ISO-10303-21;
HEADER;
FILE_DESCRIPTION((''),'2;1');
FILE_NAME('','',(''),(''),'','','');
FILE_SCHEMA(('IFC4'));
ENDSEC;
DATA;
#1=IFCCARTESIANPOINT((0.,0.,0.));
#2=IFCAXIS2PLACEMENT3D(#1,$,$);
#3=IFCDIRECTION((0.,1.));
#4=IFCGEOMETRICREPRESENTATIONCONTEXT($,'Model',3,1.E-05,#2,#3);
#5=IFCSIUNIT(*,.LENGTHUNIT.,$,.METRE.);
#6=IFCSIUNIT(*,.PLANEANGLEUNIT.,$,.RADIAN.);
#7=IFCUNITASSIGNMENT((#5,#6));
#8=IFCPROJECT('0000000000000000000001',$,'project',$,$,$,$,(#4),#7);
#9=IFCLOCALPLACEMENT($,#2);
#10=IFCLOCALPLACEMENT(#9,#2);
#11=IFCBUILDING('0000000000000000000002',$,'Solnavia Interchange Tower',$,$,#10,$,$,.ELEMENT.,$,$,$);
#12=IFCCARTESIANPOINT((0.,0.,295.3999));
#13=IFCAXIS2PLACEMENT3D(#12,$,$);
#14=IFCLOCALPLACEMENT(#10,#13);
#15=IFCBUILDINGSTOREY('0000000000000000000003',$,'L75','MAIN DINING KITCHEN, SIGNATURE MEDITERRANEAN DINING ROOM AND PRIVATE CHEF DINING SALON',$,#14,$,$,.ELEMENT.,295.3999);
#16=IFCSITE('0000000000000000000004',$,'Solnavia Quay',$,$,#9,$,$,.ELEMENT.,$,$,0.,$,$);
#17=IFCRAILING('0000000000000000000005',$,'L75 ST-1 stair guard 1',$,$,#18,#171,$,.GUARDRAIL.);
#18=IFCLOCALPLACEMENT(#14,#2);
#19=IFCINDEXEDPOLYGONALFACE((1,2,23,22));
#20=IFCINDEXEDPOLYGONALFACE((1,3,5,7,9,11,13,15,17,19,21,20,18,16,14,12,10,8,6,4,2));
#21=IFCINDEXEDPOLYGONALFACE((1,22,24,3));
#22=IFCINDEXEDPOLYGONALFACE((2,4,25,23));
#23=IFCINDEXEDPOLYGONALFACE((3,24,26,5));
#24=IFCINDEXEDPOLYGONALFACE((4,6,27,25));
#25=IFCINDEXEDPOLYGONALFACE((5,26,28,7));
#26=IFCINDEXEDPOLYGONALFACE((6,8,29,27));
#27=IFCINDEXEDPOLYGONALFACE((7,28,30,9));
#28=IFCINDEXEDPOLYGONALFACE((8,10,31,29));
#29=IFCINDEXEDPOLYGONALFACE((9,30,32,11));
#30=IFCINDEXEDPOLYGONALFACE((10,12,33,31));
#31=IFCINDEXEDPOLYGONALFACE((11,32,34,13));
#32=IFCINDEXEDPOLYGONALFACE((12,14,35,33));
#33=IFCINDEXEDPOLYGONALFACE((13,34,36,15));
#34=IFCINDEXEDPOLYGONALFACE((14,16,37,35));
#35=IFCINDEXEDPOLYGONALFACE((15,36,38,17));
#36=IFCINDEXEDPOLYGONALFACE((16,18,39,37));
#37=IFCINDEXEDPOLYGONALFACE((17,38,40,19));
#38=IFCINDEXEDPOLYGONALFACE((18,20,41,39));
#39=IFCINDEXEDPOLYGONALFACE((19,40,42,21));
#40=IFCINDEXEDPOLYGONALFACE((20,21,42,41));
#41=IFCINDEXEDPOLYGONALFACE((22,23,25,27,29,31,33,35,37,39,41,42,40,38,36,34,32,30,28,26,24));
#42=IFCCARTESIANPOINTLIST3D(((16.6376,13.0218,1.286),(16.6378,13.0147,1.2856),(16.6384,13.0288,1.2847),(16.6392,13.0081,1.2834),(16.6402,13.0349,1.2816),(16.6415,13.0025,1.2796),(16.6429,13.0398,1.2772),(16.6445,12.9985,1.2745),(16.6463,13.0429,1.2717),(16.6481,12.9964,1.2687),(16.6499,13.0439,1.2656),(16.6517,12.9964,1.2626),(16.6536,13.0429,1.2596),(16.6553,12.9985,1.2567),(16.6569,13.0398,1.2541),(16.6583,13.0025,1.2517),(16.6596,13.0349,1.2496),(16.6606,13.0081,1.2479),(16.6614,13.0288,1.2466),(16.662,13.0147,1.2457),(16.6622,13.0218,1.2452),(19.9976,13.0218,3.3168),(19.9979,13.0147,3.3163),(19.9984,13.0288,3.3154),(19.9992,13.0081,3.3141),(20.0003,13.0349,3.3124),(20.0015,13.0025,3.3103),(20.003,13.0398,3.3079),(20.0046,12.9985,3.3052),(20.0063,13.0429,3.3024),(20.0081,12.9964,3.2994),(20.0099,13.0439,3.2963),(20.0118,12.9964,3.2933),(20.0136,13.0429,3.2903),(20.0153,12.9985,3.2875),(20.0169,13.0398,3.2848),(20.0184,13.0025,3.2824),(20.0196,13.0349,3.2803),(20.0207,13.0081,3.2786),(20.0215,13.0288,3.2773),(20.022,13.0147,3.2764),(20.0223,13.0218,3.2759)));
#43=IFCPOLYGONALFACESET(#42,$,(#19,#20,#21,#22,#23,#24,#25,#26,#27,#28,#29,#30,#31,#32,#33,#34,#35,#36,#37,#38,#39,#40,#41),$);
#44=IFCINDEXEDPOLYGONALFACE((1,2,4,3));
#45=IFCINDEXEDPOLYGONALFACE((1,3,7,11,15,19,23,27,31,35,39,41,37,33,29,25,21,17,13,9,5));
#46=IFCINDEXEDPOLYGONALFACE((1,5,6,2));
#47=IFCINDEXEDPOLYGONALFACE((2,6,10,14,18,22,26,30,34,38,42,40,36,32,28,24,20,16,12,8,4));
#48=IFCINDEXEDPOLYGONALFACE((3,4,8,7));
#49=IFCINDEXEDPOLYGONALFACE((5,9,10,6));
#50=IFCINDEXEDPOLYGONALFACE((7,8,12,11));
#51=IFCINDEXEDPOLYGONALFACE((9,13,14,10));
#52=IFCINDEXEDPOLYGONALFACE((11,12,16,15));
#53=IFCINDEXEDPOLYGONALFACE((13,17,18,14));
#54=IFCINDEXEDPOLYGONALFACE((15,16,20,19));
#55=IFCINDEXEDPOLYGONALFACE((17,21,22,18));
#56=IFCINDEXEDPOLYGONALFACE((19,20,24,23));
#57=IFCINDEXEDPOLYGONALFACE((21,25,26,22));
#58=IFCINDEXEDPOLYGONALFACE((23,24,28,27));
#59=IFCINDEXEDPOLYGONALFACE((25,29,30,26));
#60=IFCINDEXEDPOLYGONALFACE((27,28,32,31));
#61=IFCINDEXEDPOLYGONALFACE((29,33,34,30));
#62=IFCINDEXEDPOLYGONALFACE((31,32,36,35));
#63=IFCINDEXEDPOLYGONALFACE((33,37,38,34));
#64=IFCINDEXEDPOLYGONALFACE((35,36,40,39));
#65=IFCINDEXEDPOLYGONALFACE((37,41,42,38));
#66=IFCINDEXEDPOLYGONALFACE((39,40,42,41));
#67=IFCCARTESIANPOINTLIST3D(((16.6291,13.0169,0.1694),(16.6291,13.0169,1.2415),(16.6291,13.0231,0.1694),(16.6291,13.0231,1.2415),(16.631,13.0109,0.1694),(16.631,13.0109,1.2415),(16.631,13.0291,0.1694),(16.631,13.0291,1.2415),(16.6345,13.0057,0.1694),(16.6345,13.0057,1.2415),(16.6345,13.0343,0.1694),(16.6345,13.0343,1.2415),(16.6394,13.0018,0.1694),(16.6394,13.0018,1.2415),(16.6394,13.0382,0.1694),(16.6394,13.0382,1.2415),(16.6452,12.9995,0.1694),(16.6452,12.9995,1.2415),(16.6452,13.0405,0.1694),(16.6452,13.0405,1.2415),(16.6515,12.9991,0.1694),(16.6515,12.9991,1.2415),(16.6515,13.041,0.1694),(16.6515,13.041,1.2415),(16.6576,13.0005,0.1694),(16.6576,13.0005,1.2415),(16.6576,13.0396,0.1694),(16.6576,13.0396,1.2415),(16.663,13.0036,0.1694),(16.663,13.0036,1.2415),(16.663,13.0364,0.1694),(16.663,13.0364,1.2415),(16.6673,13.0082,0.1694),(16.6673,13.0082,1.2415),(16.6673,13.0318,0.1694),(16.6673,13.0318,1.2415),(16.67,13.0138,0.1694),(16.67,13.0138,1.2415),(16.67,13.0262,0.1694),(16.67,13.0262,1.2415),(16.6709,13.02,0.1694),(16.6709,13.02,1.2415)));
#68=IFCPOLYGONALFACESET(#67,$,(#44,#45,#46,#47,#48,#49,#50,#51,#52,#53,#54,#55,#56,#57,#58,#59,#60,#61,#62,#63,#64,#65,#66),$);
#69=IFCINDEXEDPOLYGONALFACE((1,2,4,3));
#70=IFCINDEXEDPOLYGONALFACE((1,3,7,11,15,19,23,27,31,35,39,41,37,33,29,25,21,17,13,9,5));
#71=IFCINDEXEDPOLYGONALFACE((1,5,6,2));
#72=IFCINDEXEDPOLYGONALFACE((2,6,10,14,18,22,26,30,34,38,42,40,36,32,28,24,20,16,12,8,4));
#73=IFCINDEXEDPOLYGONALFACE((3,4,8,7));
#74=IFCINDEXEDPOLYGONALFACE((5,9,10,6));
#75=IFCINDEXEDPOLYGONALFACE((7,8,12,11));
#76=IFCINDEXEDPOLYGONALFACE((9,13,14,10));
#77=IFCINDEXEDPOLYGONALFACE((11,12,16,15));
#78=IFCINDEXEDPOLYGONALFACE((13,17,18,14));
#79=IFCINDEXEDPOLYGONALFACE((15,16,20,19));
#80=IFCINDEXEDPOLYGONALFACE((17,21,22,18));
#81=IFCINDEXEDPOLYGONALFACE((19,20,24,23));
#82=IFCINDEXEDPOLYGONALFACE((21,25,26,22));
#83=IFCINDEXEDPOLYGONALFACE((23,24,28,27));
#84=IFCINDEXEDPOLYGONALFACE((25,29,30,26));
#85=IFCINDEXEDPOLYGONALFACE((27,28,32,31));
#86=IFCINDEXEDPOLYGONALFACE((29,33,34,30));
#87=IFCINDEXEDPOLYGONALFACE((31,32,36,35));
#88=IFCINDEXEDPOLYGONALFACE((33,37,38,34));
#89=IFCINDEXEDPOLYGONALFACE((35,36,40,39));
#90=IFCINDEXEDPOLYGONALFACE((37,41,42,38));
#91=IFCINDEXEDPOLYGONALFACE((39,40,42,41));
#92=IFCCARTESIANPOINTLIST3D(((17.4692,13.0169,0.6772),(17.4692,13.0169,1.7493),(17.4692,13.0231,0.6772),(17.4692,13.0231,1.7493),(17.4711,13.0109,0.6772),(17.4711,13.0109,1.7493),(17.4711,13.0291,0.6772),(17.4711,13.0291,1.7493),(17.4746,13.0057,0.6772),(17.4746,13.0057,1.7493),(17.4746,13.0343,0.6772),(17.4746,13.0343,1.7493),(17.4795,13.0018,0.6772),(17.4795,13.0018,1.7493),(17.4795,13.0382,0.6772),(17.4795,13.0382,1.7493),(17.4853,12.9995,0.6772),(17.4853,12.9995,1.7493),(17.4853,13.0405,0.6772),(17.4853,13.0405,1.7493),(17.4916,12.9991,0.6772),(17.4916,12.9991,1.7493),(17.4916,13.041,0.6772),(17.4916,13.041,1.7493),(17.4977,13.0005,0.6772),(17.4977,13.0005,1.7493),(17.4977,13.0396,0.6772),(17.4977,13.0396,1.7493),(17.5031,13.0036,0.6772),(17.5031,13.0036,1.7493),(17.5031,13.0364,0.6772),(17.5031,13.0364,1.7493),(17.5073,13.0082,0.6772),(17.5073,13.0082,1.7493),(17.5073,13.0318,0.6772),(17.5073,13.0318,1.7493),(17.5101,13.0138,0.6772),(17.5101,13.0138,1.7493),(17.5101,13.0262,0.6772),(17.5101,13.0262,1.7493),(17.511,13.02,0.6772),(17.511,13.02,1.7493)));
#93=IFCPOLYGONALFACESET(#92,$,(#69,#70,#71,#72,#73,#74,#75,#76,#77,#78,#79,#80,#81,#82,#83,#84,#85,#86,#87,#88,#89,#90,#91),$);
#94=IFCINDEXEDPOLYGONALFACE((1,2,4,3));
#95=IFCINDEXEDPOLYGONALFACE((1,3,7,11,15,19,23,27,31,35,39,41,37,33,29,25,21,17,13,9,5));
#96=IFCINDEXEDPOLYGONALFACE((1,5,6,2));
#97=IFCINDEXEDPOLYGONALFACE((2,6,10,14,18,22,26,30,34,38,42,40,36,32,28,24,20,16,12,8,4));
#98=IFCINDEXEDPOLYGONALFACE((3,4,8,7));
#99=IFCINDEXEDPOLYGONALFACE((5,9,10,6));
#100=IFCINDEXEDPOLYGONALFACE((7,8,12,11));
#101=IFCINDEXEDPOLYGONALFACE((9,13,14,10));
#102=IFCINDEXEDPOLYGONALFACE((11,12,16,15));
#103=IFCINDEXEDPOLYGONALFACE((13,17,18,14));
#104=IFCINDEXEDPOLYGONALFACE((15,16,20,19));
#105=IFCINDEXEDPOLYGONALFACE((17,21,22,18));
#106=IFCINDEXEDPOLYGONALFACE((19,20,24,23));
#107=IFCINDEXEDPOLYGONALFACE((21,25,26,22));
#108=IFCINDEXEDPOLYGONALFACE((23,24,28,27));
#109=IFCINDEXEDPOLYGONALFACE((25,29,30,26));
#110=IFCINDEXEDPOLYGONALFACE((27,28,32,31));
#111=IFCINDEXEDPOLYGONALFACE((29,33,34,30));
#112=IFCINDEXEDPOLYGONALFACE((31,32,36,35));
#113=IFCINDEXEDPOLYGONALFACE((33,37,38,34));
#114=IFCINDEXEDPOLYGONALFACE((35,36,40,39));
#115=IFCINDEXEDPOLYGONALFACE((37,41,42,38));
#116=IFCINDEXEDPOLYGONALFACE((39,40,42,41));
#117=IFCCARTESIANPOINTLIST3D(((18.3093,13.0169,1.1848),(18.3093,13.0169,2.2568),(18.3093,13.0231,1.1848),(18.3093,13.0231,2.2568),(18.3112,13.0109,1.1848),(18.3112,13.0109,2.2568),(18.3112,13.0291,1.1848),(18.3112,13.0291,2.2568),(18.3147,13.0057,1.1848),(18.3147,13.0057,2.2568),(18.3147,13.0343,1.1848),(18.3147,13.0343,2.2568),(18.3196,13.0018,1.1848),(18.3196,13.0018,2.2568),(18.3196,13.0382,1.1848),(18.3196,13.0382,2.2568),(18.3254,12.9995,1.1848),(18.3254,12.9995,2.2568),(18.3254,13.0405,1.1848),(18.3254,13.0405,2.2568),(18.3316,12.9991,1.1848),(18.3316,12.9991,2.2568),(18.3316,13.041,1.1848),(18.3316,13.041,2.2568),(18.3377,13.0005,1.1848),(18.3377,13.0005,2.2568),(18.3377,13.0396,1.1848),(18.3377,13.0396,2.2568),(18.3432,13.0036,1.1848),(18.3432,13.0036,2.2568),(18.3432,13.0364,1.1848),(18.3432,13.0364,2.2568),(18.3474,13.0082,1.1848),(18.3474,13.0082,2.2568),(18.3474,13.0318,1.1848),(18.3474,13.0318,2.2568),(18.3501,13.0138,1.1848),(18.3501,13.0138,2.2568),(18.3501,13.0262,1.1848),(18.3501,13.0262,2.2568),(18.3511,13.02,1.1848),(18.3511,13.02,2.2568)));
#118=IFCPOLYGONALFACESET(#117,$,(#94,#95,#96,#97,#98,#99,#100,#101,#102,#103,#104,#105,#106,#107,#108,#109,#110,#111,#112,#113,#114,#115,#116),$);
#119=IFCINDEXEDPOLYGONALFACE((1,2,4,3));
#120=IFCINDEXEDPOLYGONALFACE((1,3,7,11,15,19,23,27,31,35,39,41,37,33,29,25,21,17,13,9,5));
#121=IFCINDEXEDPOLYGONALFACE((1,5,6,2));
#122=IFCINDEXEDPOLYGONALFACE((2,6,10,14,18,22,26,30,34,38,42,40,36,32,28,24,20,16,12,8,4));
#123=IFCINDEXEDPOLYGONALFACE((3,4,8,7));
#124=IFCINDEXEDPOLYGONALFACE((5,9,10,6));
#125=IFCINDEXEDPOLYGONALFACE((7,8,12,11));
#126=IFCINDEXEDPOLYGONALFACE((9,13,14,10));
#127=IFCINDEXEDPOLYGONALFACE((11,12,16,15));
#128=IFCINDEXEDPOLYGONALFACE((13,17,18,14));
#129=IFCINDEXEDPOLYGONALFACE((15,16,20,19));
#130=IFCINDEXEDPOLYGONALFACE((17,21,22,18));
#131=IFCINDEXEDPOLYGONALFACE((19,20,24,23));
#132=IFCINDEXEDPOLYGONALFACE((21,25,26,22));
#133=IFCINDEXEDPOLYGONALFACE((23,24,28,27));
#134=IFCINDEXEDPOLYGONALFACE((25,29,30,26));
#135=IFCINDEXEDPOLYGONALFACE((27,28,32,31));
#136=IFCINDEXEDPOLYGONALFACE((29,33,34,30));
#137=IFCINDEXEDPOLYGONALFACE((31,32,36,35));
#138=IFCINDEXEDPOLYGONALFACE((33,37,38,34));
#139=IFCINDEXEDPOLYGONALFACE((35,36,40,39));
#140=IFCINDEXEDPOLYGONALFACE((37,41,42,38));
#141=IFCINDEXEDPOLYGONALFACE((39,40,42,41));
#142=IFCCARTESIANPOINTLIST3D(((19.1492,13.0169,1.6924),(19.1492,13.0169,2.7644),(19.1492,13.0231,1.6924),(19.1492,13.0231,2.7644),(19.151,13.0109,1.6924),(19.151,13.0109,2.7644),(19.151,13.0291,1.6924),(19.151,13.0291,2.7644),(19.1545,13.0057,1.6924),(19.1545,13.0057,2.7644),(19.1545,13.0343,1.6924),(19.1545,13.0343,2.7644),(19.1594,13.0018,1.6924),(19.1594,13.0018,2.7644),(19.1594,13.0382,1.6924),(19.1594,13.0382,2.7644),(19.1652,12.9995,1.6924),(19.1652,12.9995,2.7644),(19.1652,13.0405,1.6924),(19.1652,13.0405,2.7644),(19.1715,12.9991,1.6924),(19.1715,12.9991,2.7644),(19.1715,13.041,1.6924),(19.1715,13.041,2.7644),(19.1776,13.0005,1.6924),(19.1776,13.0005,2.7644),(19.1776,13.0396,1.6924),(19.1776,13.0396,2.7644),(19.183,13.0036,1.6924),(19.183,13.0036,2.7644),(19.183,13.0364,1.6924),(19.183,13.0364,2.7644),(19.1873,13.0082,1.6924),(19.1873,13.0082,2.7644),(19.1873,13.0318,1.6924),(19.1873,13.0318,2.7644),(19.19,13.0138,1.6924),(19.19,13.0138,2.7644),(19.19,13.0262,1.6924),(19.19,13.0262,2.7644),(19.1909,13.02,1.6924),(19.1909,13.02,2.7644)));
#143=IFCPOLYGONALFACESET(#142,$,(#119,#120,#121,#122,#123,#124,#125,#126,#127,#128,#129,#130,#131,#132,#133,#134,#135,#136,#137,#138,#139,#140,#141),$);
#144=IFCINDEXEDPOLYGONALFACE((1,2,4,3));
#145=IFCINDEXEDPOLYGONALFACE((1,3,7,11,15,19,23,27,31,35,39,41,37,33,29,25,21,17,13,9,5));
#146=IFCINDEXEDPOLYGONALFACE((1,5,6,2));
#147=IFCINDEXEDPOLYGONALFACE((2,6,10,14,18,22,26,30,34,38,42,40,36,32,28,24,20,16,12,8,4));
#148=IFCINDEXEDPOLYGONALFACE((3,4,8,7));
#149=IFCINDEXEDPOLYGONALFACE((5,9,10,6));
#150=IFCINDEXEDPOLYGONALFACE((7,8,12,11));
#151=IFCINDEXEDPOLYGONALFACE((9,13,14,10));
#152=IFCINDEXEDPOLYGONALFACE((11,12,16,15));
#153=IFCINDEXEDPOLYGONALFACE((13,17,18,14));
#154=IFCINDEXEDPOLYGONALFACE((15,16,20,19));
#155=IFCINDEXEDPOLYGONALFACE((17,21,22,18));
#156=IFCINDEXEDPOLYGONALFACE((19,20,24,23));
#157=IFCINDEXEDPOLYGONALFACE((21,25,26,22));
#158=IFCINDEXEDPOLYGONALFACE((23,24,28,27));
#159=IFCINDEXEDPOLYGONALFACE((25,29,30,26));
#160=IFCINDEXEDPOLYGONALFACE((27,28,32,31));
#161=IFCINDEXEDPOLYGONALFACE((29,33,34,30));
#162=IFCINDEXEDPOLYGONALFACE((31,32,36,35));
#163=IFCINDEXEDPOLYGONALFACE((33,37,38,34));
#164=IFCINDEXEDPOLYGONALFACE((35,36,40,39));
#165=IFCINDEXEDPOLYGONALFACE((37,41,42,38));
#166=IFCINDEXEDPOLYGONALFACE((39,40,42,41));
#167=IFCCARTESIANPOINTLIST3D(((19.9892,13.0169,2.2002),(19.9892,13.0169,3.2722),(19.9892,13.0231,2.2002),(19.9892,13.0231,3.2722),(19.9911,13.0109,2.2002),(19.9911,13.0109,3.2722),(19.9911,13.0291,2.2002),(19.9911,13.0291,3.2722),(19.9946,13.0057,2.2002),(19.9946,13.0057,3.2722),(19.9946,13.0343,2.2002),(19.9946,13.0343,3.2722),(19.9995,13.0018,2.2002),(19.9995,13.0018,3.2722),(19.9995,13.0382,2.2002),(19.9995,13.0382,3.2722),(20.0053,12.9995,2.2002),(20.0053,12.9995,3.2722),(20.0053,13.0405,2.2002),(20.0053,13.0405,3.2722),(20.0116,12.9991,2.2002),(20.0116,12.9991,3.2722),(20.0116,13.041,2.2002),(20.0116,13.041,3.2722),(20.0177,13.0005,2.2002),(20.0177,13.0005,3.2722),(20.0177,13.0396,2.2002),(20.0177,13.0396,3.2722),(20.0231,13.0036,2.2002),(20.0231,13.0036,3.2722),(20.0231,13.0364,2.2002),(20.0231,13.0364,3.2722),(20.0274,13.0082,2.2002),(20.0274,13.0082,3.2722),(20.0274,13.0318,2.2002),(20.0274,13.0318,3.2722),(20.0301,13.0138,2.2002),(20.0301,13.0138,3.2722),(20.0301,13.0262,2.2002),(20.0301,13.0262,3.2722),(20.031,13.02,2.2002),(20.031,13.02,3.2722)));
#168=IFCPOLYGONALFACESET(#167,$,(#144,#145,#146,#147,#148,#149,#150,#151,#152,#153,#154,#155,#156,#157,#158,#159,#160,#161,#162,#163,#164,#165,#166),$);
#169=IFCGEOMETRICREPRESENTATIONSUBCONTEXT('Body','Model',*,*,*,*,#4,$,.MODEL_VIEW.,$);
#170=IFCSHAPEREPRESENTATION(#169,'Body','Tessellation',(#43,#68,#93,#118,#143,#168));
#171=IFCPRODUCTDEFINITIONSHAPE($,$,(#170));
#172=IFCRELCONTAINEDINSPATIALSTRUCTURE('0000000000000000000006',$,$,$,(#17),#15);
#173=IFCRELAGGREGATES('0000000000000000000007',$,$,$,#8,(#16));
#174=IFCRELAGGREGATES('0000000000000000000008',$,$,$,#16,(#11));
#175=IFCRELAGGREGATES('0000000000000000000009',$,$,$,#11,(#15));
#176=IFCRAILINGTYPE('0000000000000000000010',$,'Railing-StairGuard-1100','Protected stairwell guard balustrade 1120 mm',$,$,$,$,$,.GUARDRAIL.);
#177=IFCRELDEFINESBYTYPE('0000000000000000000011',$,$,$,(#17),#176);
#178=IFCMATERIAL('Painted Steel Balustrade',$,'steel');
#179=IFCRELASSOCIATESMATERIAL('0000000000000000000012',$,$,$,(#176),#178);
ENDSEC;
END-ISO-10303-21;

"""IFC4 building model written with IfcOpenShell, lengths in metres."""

from ifc_helpers import new_model, si_unit, direction, frame, origin, origin_2d, place, context, subcontext, project, spatial, circle, extrude, material, type_object, element, save


model = new_model("IFC4")

# Units and contexts
model_context = context("Model", 3, precision=1e-05, world=origin(), true_north=direction((0.0, 1.0)))
body_context = subcontext(model_context, "Body", "Model", "MODEL_VIEW")
ifc_project = project(units=[si_unit("LENGTHUNIT", "METRE"), si_unit("PLANEANGLEUNIT", "RADIAN")], contexts=[model_context])

# Site, building, storey
site_placement = place(None, origin())
site = spatial("IfcSite", under=ifc_project, at=site_placement, Name="Solnavia Quay", CompositionType="ELEMENT", RefElevation=0.0)
building_placement = place(site_placement, origin())
building = spatial("IfcBuilding", under=site, at=building_placement, Name="Solnavia Interchange Tower", CompositionType="ELEMENT")
storey_placement = place(building_placement, frame((0.0, 0.0, 295.3999)))
storey = spatial("IfcBuildingStorey", under=building, at=storey_placement, Name="L75", Description="MAIN DINING KITCHEN, SIGNATURE MEDITERRANEAN DINING ROOM AND PRIVATE CHEF DINING SALON", CompositionType="ELEMENT", Elevation=295.3999)

# Railing
ifc_material_1 = material(Name="Painted Steel Balustrade", Category="steel")
railing_type_1 = type_object("IfcRailingType", Name="Railing-StairGuard-1100", Description="Protected stairwell guard balustrade 1120 mm", PredefinedType="GUARDRAIL", material=ifc_material_1)
railing_1_placement = place(storey_placement, frame((16.6499, 13.02, 0.1694)))
element("IfcRailing", 1, at=railing_1_placement, inside=storey, type_object=railing_type_1, Name="L75 ST-1 stair guard 1", PredefinedType="GUARDRAIL", context=body_context, shape_type="SweptSolid", body=[
    extrude(circle(Radius=0.0239, at=origin_2d()), frame((0.0, 0.0, 1.0962), z_axis=(0.855837, 0.0, 0.517246), x_axis=(0.0, 1.0, 0.0)), (0.0, 0.0, 1.0), 3.926),
    extrude(circle(Radius=0.021, at=origin_2d()), origin(), (0.0, 0.0, 1.0), 1.072),
    extrude(circle(Radius=0.021, at=origin_2d()), frame((0.8401, 0.0, 0.5078)), (0.0, 0.0, 1.0), 1.072),
    extrude(circle(Radius=0.021, at=origin_2d()), frame((1.6802, 0.0, 1.0154)), (0.0, 0.0, 1.0), 1.072),
    extrude(circle(Radius=0.021, at=origin_2d()), frame((2.52, 0.0, 1.5229)), (0.0, 0.0, 1.0), 1.072),
    extrude(circle(Radius=0.021, at=origin_2d()), frame((3.3601, 0.0, 2.0308)), (0.0, 0.0, 1.0), 1.072),
])

save(model, "model.ifc")
